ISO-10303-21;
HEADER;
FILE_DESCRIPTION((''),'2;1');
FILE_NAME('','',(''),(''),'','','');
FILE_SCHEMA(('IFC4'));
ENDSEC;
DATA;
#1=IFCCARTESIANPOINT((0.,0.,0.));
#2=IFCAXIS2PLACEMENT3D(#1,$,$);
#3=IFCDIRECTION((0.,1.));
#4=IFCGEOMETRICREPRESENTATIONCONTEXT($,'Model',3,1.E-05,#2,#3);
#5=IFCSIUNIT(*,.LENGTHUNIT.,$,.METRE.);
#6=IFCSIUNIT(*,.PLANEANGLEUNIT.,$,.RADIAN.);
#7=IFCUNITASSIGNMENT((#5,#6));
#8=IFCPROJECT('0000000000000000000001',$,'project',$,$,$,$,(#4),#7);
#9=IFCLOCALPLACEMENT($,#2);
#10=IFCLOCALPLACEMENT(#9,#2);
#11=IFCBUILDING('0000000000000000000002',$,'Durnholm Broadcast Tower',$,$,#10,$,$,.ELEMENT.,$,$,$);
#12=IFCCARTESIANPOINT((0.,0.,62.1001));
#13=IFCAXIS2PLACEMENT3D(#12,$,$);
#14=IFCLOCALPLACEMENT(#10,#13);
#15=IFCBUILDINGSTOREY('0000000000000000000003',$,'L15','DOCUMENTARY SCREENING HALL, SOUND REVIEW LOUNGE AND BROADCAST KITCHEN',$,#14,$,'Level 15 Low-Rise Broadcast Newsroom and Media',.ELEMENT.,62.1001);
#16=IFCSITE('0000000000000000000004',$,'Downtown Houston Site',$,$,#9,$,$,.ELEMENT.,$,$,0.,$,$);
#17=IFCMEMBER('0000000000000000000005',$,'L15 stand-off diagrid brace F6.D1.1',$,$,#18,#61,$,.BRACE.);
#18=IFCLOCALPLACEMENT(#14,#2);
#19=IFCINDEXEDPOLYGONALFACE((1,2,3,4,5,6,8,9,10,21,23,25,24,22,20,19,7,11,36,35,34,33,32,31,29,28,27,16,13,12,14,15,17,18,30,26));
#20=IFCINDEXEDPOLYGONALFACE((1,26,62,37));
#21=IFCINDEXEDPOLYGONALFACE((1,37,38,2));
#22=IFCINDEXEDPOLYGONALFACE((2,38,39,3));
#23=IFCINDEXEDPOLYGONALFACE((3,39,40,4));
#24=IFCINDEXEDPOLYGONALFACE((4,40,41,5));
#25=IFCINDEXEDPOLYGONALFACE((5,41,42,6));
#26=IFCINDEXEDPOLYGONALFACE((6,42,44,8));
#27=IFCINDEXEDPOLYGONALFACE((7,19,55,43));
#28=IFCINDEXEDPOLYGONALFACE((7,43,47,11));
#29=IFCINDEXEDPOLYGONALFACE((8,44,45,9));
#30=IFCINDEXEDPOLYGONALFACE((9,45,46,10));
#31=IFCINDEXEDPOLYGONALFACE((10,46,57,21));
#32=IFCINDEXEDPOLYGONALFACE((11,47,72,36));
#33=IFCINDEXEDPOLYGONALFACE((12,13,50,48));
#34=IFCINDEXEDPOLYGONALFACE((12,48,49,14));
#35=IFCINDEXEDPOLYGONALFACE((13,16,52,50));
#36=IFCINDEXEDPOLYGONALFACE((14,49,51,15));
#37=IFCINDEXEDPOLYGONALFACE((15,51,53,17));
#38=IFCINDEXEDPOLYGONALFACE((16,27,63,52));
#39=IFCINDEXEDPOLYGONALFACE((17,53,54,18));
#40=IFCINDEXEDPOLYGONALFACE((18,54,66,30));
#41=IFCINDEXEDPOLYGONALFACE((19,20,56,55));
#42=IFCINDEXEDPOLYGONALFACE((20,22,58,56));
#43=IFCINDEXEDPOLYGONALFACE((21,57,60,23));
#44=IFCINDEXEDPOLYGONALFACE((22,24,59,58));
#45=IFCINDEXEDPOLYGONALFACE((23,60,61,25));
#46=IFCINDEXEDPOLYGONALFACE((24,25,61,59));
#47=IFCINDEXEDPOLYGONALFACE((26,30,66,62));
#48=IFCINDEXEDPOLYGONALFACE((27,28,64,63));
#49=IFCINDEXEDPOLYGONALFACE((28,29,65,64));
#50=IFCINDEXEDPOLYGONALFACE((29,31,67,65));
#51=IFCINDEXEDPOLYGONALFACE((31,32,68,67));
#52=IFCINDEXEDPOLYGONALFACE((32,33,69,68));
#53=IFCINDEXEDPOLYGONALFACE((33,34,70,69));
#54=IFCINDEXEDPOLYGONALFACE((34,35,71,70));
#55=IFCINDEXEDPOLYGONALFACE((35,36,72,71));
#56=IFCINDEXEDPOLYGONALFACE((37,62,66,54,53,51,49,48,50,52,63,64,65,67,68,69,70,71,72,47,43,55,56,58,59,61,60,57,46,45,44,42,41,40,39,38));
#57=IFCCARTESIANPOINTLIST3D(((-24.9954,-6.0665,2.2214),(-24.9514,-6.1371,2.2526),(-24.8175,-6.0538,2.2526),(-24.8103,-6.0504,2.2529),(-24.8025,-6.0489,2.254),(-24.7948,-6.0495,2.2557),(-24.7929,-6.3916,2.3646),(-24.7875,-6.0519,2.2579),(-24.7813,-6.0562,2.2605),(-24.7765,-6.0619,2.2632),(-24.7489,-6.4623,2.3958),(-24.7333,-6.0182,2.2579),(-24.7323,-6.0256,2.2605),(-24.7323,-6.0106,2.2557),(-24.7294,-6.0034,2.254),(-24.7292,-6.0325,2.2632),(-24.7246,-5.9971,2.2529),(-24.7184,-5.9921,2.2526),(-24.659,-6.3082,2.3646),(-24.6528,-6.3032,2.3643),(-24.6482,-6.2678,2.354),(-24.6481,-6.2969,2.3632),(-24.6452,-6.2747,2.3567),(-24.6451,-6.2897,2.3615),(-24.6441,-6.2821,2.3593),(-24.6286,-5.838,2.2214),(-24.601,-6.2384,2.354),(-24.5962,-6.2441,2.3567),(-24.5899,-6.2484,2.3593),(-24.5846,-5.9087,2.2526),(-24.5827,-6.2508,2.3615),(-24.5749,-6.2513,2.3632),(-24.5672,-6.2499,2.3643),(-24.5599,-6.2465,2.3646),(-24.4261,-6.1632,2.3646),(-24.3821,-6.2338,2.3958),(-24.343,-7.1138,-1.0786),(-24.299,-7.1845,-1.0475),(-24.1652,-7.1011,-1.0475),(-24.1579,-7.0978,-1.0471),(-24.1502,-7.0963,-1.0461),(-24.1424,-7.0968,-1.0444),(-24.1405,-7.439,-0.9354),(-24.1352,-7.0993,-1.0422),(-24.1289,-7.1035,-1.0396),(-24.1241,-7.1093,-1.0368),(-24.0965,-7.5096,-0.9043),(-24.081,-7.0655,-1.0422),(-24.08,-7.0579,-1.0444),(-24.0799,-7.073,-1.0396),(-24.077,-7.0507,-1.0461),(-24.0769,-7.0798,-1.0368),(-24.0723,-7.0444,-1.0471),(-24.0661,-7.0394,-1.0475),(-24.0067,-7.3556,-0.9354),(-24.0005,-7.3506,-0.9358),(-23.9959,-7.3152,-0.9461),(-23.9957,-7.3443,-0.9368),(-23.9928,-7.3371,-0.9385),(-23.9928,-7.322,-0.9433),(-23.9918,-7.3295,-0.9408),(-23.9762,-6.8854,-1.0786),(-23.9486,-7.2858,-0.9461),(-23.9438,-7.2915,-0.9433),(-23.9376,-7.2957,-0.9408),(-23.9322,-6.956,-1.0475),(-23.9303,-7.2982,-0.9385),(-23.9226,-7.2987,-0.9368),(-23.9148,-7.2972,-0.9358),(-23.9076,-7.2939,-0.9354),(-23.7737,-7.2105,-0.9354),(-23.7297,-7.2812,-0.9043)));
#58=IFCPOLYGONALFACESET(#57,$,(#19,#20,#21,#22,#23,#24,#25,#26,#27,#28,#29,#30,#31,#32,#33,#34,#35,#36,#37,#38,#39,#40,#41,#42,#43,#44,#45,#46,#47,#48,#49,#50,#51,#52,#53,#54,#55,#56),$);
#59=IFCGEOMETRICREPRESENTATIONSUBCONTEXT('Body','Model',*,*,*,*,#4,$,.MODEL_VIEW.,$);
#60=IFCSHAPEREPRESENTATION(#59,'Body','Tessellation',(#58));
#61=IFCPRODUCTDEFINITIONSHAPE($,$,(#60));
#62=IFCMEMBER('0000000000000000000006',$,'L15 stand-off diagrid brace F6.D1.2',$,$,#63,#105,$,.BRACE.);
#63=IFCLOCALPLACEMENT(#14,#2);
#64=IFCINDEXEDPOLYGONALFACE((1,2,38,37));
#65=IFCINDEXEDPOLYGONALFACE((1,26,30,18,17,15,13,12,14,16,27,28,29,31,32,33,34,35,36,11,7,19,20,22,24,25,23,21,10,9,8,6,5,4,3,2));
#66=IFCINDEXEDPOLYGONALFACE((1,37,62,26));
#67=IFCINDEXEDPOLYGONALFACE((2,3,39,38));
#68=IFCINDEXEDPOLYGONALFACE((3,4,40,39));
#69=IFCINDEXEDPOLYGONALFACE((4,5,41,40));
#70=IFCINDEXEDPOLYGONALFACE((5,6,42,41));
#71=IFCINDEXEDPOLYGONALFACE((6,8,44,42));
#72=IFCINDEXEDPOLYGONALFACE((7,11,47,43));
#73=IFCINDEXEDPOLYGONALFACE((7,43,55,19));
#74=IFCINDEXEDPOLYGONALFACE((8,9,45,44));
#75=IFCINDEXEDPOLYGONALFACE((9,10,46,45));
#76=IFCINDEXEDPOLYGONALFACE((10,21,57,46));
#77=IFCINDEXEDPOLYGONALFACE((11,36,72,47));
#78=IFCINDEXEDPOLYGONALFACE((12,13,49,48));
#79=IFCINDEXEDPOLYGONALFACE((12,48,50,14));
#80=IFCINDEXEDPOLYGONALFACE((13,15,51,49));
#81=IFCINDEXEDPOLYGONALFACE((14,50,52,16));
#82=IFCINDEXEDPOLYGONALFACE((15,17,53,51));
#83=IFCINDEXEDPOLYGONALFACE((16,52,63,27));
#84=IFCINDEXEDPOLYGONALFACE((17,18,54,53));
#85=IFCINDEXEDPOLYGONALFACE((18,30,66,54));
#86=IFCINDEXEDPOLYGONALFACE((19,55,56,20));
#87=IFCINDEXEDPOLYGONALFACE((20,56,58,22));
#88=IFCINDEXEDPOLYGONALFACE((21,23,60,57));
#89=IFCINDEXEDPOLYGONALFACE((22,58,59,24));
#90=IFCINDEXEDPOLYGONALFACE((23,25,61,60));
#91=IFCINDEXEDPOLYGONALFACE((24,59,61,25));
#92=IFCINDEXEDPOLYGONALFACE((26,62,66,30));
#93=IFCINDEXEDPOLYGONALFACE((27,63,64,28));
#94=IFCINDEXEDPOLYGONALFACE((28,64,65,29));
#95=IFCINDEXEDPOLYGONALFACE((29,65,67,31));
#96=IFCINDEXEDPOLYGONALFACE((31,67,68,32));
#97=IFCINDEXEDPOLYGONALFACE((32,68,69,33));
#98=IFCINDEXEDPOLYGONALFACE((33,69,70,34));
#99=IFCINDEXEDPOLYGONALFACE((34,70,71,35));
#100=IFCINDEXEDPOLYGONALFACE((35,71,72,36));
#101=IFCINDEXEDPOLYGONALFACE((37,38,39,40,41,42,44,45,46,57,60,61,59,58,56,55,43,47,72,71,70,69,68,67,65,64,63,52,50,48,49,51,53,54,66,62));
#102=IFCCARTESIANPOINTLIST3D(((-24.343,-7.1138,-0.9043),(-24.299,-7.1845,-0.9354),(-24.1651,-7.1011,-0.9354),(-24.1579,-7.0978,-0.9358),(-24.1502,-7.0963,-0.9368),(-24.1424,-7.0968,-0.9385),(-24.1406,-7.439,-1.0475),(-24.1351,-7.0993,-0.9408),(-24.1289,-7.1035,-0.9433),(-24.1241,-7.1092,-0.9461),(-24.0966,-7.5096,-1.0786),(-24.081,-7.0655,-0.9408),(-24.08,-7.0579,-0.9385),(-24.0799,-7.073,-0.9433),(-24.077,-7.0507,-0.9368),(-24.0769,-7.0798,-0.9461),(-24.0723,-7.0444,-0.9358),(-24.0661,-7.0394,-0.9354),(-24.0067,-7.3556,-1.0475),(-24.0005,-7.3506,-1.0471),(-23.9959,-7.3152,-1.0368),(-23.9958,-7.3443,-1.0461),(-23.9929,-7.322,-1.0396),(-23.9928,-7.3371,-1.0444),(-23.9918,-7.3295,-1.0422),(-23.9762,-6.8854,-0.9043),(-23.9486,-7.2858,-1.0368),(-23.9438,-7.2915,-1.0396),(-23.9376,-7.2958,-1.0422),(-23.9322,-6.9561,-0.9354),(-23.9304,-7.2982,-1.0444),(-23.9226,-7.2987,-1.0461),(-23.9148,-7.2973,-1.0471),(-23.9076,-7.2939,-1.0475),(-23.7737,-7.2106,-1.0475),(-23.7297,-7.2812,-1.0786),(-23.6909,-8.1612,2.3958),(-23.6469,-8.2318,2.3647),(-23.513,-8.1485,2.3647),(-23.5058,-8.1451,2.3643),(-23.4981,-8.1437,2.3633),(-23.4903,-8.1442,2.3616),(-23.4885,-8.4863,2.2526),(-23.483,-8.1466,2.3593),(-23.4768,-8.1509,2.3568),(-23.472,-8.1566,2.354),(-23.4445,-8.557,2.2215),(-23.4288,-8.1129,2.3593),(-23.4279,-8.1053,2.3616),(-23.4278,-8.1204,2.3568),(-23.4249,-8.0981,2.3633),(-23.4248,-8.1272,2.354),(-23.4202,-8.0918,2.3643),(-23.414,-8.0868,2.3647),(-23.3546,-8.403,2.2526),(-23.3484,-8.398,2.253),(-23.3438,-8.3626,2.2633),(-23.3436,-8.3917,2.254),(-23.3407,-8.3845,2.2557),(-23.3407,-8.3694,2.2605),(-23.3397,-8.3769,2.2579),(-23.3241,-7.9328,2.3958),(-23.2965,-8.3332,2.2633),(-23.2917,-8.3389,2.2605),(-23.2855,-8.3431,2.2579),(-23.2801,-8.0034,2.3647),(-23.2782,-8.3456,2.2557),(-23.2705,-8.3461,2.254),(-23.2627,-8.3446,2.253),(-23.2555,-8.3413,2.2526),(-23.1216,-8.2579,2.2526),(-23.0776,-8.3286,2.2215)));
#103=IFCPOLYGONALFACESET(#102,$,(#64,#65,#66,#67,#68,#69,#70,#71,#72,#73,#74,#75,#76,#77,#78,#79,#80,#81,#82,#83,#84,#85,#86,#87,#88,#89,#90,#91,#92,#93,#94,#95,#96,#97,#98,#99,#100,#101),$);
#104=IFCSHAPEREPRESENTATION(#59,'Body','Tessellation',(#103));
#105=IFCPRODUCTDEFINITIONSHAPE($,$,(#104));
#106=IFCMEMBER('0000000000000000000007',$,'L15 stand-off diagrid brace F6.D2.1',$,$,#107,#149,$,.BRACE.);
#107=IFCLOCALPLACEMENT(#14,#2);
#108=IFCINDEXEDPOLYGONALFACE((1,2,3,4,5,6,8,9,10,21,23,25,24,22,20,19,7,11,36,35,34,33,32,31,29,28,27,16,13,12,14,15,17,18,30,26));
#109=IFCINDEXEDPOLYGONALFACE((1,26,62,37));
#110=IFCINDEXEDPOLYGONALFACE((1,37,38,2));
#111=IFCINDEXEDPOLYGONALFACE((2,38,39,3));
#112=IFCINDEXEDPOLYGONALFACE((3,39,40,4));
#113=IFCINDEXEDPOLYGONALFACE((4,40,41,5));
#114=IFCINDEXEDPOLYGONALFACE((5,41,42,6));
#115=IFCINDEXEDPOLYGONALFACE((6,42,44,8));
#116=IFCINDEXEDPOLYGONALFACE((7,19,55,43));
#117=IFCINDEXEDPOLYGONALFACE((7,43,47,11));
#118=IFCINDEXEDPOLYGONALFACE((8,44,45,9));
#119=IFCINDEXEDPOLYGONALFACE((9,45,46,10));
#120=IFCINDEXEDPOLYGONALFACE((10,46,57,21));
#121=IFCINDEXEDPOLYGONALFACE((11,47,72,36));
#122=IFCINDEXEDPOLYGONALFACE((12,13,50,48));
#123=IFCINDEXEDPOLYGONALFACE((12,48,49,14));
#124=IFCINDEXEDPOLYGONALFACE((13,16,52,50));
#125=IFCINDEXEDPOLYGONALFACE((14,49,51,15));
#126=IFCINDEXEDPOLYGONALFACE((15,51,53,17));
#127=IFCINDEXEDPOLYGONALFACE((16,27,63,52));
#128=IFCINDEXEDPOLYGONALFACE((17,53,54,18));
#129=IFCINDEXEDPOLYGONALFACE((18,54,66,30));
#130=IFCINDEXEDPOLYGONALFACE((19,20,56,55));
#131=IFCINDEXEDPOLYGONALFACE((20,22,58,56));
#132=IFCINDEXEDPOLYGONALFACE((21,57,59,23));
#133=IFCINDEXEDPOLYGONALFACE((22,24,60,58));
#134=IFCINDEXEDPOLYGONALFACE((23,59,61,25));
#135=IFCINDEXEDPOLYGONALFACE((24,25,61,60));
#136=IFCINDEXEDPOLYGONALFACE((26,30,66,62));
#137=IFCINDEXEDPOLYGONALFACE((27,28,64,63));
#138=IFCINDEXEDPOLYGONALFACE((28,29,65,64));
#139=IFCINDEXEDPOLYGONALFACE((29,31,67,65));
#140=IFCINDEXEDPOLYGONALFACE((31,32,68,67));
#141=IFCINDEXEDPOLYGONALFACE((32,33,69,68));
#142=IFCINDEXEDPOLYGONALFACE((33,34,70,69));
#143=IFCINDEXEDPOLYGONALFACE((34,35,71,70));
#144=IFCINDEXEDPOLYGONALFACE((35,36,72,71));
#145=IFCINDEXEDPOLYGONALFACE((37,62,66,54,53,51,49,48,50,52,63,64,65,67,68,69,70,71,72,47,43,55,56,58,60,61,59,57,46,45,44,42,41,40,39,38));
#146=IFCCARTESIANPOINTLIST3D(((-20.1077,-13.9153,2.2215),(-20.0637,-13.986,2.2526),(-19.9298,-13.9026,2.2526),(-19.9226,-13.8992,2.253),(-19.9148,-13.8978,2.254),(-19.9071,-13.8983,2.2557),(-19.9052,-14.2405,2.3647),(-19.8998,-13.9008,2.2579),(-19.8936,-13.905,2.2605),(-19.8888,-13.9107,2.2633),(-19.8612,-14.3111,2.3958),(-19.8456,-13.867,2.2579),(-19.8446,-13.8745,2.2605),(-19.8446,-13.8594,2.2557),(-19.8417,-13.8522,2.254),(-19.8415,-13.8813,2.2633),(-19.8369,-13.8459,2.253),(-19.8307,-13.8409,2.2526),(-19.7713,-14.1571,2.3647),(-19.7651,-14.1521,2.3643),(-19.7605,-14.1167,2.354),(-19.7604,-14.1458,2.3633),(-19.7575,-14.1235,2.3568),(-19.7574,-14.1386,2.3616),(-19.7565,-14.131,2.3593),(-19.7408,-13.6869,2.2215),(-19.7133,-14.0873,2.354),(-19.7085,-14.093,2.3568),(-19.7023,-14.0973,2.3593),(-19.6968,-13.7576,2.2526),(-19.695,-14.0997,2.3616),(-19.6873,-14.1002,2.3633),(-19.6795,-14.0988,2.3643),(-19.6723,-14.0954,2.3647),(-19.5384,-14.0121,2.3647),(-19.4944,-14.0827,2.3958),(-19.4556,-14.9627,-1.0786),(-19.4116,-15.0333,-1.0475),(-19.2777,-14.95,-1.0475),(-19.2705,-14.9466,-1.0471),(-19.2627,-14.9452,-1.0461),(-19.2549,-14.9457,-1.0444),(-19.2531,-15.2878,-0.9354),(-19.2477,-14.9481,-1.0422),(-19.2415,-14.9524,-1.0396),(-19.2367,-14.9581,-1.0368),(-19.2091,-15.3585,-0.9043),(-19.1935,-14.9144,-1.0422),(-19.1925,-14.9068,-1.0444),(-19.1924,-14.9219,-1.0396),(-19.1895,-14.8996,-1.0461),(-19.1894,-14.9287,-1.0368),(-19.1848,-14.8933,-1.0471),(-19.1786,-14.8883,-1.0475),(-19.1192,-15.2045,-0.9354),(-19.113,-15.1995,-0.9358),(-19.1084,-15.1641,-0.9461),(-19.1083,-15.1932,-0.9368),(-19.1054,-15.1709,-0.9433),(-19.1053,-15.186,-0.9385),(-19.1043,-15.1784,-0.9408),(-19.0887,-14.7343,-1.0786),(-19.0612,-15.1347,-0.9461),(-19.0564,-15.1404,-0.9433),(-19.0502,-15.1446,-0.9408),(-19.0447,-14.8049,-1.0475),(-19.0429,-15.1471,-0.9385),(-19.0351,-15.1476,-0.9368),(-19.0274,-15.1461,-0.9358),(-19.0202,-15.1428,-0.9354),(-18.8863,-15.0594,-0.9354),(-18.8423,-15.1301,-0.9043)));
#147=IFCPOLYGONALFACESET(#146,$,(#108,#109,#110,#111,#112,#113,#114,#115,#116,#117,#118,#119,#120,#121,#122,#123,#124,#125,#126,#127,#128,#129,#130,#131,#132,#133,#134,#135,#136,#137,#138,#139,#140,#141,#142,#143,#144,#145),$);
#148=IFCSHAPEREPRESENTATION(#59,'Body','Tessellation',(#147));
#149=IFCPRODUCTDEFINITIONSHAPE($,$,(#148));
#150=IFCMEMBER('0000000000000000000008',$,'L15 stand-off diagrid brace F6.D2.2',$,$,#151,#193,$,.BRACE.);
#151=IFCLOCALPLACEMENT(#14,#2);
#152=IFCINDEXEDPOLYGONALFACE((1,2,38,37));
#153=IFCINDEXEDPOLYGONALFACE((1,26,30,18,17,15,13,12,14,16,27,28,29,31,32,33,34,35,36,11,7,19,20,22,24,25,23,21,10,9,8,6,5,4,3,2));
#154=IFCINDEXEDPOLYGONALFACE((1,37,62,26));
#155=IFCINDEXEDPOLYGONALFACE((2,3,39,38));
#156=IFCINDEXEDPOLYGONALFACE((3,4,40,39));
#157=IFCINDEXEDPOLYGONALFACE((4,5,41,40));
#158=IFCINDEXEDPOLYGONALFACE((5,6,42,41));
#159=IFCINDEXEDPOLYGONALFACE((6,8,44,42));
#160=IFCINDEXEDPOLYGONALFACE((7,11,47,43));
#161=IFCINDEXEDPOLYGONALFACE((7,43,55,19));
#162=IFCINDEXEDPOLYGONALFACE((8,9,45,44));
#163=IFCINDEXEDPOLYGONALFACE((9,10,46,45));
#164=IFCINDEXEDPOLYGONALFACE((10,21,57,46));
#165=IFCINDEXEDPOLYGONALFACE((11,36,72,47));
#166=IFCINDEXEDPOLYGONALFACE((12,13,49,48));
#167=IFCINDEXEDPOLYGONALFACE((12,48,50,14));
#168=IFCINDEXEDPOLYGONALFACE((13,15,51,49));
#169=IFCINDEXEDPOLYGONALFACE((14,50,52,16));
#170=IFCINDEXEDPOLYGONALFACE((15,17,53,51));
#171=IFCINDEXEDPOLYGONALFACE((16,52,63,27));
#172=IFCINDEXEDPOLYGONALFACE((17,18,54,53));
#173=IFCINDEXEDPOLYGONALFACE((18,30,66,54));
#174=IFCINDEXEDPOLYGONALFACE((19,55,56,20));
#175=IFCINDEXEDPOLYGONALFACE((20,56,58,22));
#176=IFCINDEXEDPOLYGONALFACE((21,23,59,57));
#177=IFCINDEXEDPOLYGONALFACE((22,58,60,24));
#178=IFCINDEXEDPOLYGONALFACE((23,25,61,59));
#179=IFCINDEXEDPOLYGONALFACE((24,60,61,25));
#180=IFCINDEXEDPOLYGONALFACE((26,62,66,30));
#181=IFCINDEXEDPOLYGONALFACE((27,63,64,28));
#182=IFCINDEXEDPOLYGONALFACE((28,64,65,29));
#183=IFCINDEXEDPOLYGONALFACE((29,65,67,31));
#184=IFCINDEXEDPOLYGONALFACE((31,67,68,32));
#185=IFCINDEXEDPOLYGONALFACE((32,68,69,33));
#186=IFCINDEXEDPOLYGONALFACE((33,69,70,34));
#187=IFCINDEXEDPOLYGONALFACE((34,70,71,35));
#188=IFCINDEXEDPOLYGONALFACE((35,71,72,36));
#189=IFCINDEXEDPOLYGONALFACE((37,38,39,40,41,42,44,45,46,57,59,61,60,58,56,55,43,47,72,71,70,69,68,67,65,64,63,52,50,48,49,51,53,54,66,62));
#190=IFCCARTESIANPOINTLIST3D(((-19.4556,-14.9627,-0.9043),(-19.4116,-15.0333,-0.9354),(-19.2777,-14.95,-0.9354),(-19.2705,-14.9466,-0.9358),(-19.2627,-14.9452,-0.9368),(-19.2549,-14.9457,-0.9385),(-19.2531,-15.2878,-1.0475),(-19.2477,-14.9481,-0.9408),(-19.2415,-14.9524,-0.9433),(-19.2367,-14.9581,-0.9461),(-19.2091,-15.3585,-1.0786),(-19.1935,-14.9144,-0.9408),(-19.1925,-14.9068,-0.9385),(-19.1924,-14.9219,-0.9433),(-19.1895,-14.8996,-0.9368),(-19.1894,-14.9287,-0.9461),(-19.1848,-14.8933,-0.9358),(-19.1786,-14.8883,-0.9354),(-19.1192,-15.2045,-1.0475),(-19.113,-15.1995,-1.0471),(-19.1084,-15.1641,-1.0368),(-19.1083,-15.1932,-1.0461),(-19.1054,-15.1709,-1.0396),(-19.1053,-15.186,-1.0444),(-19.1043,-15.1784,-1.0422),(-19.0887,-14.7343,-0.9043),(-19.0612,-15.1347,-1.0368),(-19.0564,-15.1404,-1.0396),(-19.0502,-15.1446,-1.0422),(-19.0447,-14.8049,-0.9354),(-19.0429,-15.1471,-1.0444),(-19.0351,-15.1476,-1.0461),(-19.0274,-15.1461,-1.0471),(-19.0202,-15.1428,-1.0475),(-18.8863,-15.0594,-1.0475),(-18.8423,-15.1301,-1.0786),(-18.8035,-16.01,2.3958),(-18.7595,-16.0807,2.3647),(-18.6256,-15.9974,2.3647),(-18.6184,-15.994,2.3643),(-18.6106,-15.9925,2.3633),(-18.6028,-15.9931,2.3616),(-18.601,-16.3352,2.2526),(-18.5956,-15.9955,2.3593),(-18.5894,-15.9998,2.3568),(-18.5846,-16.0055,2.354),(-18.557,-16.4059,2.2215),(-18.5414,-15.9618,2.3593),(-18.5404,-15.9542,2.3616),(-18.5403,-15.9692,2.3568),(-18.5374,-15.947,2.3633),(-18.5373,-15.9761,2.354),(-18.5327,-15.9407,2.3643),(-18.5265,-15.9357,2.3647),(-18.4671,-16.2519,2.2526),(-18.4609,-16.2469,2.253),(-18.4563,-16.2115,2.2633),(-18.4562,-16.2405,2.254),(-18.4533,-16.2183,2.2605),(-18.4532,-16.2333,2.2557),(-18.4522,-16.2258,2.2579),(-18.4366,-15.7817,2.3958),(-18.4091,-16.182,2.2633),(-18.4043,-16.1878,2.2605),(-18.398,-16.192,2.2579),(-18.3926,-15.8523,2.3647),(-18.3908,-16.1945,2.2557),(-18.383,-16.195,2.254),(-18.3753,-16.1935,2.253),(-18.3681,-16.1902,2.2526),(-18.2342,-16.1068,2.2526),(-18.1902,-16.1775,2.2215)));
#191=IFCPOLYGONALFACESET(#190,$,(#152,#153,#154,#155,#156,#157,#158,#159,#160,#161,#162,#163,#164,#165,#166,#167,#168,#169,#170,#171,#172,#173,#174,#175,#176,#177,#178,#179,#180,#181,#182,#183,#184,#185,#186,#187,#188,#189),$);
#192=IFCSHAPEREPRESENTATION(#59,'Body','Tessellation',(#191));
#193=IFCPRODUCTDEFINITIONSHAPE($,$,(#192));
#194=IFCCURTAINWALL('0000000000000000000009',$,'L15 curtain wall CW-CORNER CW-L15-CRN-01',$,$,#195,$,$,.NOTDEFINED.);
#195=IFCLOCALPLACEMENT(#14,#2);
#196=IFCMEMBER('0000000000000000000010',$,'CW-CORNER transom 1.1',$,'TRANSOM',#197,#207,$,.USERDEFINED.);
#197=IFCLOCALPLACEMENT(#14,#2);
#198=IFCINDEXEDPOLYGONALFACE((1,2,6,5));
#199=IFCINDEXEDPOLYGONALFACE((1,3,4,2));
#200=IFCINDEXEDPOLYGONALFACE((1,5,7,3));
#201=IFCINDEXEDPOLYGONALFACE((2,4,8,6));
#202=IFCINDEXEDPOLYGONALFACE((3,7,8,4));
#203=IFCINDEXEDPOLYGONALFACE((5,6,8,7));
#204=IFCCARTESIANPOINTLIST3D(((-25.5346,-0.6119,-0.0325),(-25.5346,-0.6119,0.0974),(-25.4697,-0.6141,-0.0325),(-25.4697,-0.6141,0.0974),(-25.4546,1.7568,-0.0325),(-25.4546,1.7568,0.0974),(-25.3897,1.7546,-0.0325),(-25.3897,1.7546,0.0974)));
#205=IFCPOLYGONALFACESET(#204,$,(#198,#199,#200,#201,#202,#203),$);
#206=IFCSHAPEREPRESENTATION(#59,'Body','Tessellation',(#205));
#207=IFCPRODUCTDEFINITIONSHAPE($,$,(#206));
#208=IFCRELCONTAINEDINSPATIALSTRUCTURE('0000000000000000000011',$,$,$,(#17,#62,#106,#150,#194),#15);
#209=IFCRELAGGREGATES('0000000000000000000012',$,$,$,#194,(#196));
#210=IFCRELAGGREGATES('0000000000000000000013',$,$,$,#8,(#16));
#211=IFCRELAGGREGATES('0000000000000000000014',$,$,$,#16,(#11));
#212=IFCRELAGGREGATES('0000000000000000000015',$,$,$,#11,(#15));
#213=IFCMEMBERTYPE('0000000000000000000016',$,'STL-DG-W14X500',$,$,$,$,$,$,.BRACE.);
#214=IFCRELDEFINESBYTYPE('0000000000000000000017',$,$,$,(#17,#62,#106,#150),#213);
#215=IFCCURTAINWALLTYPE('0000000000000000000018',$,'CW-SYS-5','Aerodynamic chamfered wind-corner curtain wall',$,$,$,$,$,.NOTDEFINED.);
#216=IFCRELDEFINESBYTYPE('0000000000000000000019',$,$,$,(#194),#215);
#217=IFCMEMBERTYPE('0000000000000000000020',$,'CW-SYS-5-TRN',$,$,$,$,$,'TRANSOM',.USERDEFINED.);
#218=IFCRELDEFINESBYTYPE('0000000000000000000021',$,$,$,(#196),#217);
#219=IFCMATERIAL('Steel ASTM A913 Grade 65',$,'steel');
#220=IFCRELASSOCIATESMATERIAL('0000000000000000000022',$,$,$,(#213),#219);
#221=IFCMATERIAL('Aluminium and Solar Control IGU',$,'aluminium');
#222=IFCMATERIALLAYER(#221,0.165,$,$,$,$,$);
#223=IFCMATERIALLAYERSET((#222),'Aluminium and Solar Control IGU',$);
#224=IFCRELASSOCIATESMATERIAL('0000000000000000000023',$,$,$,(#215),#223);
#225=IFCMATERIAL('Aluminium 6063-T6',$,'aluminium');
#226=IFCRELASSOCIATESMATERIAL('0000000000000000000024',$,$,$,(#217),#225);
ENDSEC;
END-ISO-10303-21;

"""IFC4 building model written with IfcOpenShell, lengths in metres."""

from ifc_helpers import new_model, si_unit, direction, frame, origin, origin_2d, place, context, subcontext, project, spatial, rectangle, i_section, extrude, source, transform, mapped, material, layer, layer_set, material_profile, profile_set, type_object, type_shapes, element, aggregate, save


model = new_model("IFC4")

# Units and contexts
model_context = context("Model", 3, precision=1e-05, world=origin(), true_north=direction((0.0, 1.0)))
body_context = subcontext(model_context, "Body", "Model", "MODEL_VIEW")
ifc_project = project(units=[si_unit("LENGTHUNIT", "METRE"), si_unit("PLANEANGLEUNIT", "RADIAN")], contexts=[model_context])

# Site, building, storey
site_placement = place(None, origin())
site = spatial("IfcSite", under=ifc_project, at=site_placement, Name="Downtown Houston Site", CompositionType="ELEMENT", RefElevation=0.0)
building_placement = place(site_placement, origin())
building = spatial("IfcBuilding", under=site, at=building_placement, Name="Durnholm Broadcast Tower", CompositionType="ELEMENT")
storey_placement = place(building_placement, frame((0.0, 0.0, 62.1001)))
storey = spatial("IfcBuildingStorey", under=building, at=storey_placement, Name="L15", Description="DOCUMENTARY SCREENING HALL, SOUND REVIEW LOUNGE AND BROADCAST KITCHEN", LongName="Level 15 Low-Rise Broadcast Newsroom and Media", CompositionType="ELEMENT", Elevation=62.1001)

# Members
ifc_material_1 = material(Name="Steel ASTM A913 Grade 65", Category="steel")
ifc_material_profile_1 = material_profile(ifc_material_1, i_section(OverallWidth=0.4321, OverallDepth=0.4978, WebThickness=0.0557, FlangeThickness=0.0889, FilletRadius=0.0305, at=origin_2d()), Name="W14X500")
ifc_profile_set_1 = profile_set([ifc_material_profile_1], Name="Steel ASTM A913 Grade 65")
member_type_1 = type_object("IfcMemberType", Name="STL-DG-W14X500", PredefinedType="BRACE", material=ifc_profile_set_1)
shared_shape_1 = source(origin(), body_context, "Body", "SweptSolid", [
    extrude(i_section(OverallWidth=0.4321, OverallDepth=0.4978, WebThickness=0.0557, FlangeThickness=0.0889, FilletRadius=0.0305, at=origin_2d()), origin(), (0.0, 0.0, 1.0), 3.5232),
])
type_shapes(member_type_1, [shared_shape_1])
for number, where, z_axis, x_axis, name in (
    (1, (-24.0364, -7.1975, -0.9915), (-0.185157, 0.297277, 0.936666), (-0.84882, -0.528682, 0.0), "L15 stand-off diagrid brace F6.D1.1"),
    (2, (-24.0364, -7.1975, -0.9915), (0.18509, -0.297281, 0.936678), (0.848909, 0.52854, 0.0), "L15 stand-off diagrid brace F6.D1.2"),
    (3, (-19.1489, -15.0464, -0.9915), (-0.18509, 0.297281, 0.936678), (-0.848909, -0.52854, 0.0), "L15 stand-off diagrid brace F6.D2.1"),
    (4, (-19.1489, -15.0464, -0.9915), (0.18509, -0.297281, 0.936678), (0.848909, 0.52854, 0.0), "L15 stand-off diagrid brace F6.D2.2"),
):
    element("IfcMember", number, at=place(storey_placement, frame(where, z_axis=z_axis, x_axis=x_axis)), inside=storey, type_object=member_type_1, Name=name, PredefinedType="BRACE", context=body_context, shape_type="MappedRepresentation", body=[
        mapped(shared_shape_1, transform((0.0, 0.0, 0.0), x_axis=(1.0, 0.0, 0.0), y_axis=(0.0, 1.0, 0.0), z_axis=(0.0, 0.0, 1.0), scale=1.0)),
    ])

# Curtain wall, member
ifc_material_2 = material(Name="Aluminium and Solar Control IGU", Category="aluminium")
ifc_layer_1 = layer(ifc_material_2, 0.165)
ifc_layer_set_1 = layer_set([ifc_layer_1], Name="Aluminium and Solar Control IGU")
curtain_wall_type_1 = type_object("IfcCurtainWallType", Name="CW-SYS-5", Description="Aerodynamic chamfered wind-corner curtain wall", PredefinedType="NOTDEFINED", material=ifc_layer_set_1)
curtain_wall_1_placement = place(storey_placement, origin())
curtain_wall_1 = element("IfcCurtainWall", 5, at=curtain_wall_1_placement, inside=storey, type_object=curtain_wall_type_1, Name="L15 curtain wall CW-CORNER CW-L15-CRN-01", PredefinedType="NOTDEFINED")
ifc_material_3 = material(Name="Aluminium 6063-T6", Category="aluminium")
ifc_material_profile_2 = material_profile(ifc_material_3, rectangle(XDim=0.0649, YDim=0.1299, at=origin_2d()), Name="CWT65X130")
ifc_profile_set_2 = profile_set([ifc_material_profile_2], Name="Aluminium 6063-T6")
member_type_2 = type_object("IfcMemberType", Name="CW-SYS-5-TRN", ElementType="TRANSOM", PredefinedType="USERDEFINED", material=ifc_profile_set_2)
shared_shape_2 = source(origin(), body_context, "Body", "SweptSolid", [
    extrude(rectangle(XDim=0.0649, YDim=0.1299, at=origin_2d()), origin(), (0.0, 0.0, 1.0), 2.3701),
])
type_shapes(member_type_2, [shared_shape_2])
member_1_placement = place(storey_placement, frame((-25.5022, -0.613, 0.0325), z_axis=(0.033788, 0.999429, 0.0), x_axis=(-0.999429, 0.033788, 0.0)))
member_1 = element("IfcMember", 6, at=member_1_placement, type_object=member_type_2, Name="CW-CORNER transom 1.1", ObjectType="TRANSOM", PredefinedType="USERDEFINED", context=body_context, shape_type="MappedRepresentation", body=[
    mapped(shared_shape_2, transform((0.0, 0.0, 0.0), x_axis=(1.0, 0.0, 0.0), y_axis=(0.0, 1.0, 0.0), z_axis=(0.0, 0.0, 1.0), scale=1.0)),
])

aggregate(curtain_wall_1, [member_1])

save(model, "model.ifc")
